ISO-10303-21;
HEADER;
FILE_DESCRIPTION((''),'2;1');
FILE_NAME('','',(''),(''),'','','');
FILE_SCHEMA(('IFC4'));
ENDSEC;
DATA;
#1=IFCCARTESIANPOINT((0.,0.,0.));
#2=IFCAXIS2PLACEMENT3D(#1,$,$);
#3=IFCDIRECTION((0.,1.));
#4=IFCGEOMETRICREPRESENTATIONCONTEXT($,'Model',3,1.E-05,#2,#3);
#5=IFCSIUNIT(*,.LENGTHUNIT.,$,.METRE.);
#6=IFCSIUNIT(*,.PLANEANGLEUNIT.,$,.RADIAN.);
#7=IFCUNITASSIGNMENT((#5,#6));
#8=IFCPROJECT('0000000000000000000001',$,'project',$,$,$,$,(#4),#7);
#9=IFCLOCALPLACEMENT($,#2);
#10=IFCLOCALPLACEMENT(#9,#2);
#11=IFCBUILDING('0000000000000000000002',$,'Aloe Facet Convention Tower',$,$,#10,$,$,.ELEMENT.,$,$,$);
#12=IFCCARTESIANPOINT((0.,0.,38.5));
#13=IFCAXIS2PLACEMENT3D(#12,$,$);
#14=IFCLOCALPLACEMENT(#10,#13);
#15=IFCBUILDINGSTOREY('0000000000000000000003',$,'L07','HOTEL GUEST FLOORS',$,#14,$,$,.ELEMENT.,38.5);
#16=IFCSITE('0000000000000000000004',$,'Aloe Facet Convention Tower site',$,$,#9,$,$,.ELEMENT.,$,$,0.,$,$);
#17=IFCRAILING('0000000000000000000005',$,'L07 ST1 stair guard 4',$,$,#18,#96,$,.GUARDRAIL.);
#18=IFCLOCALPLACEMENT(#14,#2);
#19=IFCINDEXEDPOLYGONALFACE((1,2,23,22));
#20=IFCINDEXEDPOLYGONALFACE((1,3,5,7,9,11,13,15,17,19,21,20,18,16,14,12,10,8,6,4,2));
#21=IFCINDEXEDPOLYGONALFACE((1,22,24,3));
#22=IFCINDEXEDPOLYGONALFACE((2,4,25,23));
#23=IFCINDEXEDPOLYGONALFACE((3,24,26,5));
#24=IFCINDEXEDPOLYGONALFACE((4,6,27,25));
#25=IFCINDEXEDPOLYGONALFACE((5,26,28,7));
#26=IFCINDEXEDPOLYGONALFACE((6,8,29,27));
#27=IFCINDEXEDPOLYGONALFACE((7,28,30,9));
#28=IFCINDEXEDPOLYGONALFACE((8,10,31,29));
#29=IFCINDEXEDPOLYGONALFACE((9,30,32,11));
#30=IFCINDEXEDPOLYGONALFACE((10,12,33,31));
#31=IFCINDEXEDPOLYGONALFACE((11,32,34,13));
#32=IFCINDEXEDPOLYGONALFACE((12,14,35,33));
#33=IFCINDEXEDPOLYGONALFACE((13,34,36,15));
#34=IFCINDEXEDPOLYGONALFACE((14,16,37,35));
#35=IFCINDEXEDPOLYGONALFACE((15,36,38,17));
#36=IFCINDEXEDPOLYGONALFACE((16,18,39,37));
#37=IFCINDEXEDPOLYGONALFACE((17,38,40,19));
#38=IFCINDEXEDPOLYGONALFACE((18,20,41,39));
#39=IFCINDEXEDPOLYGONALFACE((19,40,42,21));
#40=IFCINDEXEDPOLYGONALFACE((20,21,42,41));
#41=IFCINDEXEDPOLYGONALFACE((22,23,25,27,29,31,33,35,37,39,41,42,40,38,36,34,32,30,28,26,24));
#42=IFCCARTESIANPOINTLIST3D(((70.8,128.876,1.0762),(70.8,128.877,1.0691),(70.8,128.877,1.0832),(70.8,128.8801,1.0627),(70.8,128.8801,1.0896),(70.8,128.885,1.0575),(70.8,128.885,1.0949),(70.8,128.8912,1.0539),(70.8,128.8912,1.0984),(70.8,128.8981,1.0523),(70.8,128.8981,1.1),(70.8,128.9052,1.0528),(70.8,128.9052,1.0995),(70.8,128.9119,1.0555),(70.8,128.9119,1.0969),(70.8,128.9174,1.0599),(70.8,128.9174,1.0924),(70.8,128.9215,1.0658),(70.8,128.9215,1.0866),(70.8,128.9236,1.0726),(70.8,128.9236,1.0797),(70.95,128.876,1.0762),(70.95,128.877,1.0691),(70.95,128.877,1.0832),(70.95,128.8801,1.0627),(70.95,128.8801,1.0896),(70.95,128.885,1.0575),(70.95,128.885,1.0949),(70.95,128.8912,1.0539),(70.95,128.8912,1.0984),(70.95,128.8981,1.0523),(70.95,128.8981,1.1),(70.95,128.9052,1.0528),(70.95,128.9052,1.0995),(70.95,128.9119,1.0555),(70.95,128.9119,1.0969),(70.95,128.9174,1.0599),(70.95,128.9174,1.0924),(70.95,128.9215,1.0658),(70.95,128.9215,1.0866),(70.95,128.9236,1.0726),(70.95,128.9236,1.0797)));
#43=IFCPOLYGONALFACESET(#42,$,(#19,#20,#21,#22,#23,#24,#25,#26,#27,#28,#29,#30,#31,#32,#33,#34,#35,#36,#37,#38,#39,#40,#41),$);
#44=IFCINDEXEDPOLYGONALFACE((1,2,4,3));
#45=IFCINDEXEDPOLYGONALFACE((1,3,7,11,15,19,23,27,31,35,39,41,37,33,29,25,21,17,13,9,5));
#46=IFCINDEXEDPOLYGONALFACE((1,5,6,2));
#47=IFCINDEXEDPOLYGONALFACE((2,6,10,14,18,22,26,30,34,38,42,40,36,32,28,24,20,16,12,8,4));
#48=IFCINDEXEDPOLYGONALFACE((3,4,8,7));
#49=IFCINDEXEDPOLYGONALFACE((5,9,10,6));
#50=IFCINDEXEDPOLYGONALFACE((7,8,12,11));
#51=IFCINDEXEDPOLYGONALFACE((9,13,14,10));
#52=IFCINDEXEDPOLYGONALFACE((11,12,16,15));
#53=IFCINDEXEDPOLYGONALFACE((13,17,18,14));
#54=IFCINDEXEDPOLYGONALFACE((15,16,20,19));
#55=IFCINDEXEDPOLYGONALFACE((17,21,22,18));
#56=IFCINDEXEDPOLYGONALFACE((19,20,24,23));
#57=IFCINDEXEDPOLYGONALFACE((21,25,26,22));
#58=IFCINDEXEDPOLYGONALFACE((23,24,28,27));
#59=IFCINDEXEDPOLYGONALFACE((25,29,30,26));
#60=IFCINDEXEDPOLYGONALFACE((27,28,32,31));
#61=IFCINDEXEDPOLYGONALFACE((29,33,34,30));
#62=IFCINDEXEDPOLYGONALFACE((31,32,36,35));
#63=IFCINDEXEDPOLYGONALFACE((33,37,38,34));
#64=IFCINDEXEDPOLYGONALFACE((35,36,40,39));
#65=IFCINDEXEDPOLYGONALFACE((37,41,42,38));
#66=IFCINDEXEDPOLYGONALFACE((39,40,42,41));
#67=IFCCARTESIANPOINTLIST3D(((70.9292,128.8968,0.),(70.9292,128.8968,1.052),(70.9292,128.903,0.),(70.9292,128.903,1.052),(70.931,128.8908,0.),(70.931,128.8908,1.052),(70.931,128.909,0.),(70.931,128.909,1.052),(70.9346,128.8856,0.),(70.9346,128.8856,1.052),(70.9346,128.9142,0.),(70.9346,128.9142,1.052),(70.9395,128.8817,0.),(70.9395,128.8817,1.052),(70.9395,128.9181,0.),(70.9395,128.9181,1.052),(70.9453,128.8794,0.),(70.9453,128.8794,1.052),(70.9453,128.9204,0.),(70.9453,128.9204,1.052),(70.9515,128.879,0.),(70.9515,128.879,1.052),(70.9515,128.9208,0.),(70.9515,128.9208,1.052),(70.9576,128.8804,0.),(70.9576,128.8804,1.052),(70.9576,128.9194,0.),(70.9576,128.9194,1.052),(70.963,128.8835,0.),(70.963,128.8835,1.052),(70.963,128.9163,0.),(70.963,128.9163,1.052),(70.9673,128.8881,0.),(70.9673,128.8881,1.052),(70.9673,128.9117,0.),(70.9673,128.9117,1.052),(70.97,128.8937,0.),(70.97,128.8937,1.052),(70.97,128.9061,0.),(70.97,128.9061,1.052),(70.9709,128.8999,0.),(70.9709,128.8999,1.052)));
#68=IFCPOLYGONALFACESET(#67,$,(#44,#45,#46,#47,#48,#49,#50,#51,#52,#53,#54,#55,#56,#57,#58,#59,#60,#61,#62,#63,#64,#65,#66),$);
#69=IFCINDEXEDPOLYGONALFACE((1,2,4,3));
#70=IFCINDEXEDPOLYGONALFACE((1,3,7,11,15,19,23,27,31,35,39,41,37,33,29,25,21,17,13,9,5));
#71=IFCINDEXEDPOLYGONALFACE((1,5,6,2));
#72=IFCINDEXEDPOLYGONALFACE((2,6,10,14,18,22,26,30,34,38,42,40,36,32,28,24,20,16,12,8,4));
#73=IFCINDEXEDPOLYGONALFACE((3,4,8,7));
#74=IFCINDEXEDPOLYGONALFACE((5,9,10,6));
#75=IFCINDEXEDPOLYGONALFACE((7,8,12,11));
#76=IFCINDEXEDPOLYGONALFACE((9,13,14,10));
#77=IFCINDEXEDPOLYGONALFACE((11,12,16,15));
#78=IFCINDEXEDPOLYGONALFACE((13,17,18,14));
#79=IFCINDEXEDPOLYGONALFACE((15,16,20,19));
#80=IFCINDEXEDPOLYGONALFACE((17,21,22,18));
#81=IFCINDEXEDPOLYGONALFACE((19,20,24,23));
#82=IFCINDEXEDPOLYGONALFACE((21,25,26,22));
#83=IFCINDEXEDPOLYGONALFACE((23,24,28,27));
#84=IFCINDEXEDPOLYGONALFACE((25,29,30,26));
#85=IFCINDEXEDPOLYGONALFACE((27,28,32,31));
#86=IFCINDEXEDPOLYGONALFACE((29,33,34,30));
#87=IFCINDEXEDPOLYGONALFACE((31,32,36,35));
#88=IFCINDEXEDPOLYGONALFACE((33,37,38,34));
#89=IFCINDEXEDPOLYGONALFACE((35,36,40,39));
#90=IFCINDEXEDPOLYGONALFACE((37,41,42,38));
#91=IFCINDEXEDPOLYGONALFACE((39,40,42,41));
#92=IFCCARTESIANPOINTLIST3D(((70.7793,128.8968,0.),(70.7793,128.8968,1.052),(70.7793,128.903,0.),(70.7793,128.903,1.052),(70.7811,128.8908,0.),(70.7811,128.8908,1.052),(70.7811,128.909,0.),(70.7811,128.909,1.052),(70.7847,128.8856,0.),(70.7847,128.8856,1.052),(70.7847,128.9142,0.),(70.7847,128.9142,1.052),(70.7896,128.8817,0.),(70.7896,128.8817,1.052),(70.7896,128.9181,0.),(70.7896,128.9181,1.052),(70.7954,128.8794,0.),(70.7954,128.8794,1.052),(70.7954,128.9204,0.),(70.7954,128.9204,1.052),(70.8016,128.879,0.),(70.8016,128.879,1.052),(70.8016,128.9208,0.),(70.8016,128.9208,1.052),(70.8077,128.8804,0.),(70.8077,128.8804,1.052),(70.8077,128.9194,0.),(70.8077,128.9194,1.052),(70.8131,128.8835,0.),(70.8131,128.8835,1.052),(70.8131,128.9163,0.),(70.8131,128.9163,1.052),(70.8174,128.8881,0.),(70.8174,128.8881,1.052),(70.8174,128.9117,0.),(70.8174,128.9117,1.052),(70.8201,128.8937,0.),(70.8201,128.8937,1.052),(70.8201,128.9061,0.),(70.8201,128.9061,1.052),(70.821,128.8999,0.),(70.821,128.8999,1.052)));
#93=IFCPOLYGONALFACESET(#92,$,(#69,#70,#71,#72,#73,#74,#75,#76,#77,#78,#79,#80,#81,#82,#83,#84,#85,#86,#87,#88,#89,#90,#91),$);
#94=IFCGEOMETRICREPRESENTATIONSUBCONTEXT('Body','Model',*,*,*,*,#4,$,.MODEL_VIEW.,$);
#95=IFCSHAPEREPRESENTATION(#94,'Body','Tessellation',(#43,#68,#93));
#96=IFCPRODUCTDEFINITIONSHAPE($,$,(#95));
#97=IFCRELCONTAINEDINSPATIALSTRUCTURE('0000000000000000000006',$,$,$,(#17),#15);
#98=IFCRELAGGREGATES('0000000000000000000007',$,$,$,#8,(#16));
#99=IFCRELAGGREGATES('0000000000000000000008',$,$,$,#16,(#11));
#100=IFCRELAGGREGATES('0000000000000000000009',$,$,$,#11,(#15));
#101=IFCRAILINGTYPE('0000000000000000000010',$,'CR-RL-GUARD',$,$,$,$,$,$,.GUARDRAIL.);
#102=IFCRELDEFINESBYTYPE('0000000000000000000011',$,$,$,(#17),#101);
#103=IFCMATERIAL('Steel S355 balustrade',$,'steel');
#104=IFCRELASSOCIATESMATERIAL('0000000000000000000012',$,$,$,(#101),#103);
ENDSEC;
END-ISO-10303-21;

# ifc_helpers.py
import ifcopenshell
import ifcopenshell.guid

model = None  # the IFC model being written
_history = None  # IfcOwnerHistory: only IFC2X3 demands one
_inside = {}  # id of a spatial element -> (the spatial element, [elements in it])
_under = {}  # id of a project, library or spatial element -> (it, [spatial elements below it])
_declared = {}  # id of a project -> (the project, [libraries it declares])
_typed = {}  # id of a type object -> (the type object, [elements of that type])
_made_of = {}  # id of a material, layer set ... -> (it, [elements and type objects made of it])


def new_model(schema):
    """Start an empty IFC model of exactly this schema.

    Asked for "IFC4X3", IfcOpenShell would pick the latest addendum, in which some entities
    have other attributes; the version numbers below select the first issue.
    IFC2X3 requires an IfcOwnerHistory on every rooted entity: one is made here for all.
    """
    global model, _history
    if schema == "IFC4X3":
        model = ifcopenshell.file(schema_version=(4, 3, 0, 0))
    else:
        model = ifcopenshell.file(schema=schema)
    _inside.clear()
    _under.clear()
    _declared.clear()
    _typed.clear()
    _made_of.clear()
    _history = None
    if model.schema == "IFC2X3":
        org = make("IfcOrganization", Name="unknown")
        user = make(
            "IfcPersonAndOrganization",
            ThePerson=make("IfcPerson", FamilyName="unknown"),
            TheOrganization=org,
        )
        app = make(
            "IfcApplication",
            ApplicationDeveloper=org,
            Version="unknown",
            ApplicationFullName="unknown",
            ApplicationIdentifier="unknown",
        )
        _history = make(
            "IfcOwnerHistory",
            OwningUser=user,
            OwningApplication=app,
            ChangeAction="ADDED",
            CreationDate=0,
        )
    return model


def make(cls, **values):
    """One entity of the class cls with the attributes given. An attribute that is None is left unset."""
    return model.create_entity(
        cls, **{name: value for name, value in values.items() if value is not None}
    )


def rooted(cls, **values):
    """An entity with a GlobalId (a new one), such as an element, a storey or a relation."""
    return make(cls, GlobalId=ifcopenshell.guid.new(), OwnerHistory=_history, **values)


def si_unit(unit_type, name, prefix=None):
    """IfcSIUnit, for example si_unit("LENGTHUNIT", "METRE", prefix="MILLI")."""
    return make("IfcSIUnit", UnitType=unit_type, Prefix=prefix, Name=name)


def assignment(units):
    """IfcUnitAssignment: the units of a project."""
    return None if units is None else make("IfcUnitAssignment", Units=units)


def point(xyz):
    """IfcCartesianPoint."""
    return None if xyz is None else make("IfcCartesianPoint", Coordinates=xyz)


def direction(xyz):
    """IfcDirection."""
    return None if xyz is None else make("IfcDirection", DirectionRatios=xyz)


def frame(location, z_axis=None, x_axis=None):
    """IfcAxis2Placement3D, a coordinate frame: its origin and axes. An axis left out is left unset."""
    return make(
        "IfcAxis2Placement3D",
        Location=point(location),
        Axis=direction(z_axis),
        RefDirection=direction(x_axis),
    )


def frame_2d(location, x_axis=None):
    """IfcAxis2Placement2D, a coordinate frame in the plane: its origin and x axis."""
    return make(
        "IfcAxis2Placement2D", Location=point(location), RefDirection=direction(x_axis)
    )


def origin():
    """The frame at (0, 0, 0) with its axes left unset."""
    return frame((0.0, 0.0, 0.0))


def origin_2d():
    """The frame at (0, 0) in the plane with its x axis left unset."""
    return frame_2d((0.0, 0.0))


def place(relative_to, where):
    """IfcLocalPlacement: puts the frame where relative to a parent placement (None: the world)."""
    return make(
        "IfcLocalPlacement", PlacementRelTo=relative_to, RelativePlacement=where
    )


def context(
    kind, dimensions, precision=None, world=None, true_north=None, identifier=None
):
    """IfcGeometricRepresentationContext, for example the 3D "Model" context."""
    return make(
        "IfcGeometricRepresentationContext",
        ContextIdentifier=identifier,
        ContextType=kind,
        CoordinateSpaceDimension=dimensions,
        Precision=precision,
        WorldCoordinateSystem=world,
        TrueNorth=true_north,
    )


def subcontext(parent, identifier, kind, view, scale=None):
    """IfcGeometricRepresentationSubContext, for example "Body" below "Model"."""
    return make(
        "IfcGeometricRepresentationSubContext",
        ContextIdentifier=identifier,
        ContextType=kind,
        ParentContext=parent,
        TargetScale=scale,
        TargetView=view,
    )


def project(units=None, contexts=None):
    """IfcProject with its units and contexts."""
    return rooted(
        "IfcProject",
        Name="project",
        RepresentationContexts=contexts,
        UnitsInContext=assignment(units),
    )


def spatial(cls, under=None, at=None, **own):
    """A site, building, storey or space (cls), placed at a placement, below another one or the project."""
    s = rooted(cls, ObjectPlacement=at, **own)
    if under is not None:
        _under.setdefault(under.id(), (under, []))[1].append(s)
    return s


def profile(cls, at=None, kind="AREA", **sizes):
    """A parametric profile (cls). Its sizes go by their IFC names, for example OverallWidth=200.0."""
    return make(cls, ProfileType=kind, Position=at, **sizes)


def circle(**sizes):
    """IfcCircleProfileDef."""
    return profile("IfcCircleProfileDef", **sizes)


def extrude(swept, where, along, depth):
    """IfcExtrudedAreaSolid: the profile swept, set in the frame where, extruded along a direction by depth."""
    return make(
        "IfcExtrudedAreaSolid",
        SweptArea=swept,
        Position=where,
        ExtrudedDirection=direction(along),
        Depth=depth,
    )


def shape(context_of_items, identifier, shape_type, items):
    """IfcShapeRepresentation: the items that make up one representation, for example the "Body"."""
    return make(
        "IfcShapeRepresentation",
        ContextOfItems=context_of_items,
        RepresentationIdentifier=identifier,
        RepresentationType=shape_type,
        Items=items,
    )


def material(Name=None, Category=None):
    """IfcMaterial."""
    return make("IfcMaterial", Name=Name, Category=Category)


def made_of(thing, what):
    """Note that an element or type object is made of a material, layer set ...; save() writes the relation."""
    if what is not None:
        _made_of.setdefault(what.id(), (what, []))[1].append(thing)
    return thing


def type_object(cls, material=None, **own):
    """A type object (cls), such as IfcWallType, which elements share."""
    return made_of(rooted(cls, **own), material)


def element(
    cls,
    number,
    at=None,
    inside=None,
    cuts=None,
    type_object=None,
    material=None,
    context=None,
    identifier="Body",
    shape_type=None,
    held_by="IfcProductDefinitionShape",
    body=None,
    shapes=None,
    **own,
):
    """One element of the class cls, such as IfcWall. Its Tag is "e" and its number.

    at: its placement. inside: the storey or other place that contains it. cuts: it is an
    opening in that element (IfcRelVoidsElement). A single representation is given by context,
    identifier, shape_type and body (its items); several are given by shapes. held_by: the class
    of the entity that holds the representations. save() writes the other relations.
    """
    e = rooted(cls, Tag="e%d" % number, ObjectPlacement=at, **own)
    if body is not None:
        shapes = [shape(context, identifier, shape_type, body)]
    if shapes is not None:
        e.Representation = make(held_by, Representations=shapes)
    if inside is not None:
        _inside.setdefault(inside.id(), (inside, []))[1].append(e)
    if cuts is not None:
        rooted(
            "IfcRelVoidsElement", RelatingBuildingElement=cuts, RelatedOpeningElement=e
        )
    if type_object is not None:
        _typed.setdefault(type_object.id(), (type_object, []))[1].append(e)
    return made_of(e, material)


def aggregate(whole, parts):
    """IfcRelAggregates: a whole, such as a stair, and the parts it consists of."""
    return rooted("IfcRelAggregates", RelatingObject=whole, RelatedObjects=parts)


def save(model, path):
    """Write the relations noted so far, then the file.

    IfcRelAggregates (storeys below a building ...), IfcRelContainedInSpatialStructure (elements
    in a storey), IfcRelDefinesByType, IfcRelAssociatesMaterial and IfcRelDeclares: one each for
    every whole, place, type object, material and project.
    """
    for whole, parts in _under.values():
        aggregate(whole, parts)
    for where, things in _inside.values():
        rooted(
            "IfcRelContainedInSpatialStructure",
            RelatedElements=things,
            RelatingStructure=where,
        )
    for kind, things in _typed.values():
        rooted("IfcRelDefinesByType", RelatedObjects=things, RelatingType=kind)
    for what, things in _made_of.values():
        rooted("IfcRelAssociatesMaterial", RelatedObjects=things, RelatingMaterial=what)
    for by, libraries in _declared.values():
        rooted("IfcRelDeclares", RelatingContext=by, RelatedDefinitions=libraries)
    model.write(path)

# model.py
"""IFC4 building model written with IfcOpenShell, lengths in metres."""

from ifc_helpers import new_model, si_unit, direction, frame, origin, origin_2d, place, context, subcontext, project, spatial, circle, extrude, material, type_object, element, save


model = new_model("IFC4")

# Units and contexts
model_context = context("Model", 3, precision=1e-05, world=origin(), true_north=direction((0.0, 1.0)))
body_context = subcontext(model_context, "Body", "Model", "MODEL_VIEW")
ifc_project = project(units=[si_unit("LENGTHUNIT", "METRE"), si_unit("PLANEANGLEUNIT", "RADIAN")], contexts=[model_context])

# Site, building, storey
site_placement = place(None, origin())
site = spatial("IfcSite", under=ifc_project, at=site_placement, Name="Aloe Facet Convention Tower site", CompositionType="ELEMENT", RefElevation=0.0)
building_placement = place(site_placement, origin())
building = spatial("IfcBuilding", under=site, at=building_placement, Name="Aloe Facet Convention Tower", CompositionType="ELEMENT")
storey_placement = place(building_placement, frame((0.0, 0.0, 38.5)))
storey = spatial("IfcBuildingStorey", under=building, at=storey_placement, Name="L07", Description="HOTEL GUEST FLOORS", CompositionType="ELEMENT", Elevation=38.5)

# Railing
ifc_material_1 = material(Name="Steel S355 balustrade", Category="steel")
railing_type_1 = type_object("IfcRailingType", Name="CR-RL-GUARD", PredefinedType="GUARDRAIL", material=ifc_material_1)
railing_1_placement = place(storey_placement, frame((70.95, 128.8999, 0.0)))
element("IfcRailing", 1, at=railing_1_placement, inside=storey, type_object=railing_type_1, Name="L07 ST1 stair guard 4", PredefinedType="GUARDRAIL", context=body_context, shape_type="SweptSolid", body=[
    extrude(circle(Radius=0.0239, at=origin_2d()), frame((0.0, 0.0, 1.0762), z_axis=(-1.0, 0.0, 0.0), x_axis=(0.0, -1.0, 0.0)), (0.0, 0.0, 1.0), 0.1499),
    extrude(circle(Radius=0.021, at=origin_2d()), origin(), (0.0, 0.0, 1.0), 1.052),
    extrude(circle(Radius=0.021, at=origin_2d()), frame((-0.1499, 0.0, 0.0)), (0.0, 0.0, 1.0), 1.052),
])

save(model, "model.ifc")
